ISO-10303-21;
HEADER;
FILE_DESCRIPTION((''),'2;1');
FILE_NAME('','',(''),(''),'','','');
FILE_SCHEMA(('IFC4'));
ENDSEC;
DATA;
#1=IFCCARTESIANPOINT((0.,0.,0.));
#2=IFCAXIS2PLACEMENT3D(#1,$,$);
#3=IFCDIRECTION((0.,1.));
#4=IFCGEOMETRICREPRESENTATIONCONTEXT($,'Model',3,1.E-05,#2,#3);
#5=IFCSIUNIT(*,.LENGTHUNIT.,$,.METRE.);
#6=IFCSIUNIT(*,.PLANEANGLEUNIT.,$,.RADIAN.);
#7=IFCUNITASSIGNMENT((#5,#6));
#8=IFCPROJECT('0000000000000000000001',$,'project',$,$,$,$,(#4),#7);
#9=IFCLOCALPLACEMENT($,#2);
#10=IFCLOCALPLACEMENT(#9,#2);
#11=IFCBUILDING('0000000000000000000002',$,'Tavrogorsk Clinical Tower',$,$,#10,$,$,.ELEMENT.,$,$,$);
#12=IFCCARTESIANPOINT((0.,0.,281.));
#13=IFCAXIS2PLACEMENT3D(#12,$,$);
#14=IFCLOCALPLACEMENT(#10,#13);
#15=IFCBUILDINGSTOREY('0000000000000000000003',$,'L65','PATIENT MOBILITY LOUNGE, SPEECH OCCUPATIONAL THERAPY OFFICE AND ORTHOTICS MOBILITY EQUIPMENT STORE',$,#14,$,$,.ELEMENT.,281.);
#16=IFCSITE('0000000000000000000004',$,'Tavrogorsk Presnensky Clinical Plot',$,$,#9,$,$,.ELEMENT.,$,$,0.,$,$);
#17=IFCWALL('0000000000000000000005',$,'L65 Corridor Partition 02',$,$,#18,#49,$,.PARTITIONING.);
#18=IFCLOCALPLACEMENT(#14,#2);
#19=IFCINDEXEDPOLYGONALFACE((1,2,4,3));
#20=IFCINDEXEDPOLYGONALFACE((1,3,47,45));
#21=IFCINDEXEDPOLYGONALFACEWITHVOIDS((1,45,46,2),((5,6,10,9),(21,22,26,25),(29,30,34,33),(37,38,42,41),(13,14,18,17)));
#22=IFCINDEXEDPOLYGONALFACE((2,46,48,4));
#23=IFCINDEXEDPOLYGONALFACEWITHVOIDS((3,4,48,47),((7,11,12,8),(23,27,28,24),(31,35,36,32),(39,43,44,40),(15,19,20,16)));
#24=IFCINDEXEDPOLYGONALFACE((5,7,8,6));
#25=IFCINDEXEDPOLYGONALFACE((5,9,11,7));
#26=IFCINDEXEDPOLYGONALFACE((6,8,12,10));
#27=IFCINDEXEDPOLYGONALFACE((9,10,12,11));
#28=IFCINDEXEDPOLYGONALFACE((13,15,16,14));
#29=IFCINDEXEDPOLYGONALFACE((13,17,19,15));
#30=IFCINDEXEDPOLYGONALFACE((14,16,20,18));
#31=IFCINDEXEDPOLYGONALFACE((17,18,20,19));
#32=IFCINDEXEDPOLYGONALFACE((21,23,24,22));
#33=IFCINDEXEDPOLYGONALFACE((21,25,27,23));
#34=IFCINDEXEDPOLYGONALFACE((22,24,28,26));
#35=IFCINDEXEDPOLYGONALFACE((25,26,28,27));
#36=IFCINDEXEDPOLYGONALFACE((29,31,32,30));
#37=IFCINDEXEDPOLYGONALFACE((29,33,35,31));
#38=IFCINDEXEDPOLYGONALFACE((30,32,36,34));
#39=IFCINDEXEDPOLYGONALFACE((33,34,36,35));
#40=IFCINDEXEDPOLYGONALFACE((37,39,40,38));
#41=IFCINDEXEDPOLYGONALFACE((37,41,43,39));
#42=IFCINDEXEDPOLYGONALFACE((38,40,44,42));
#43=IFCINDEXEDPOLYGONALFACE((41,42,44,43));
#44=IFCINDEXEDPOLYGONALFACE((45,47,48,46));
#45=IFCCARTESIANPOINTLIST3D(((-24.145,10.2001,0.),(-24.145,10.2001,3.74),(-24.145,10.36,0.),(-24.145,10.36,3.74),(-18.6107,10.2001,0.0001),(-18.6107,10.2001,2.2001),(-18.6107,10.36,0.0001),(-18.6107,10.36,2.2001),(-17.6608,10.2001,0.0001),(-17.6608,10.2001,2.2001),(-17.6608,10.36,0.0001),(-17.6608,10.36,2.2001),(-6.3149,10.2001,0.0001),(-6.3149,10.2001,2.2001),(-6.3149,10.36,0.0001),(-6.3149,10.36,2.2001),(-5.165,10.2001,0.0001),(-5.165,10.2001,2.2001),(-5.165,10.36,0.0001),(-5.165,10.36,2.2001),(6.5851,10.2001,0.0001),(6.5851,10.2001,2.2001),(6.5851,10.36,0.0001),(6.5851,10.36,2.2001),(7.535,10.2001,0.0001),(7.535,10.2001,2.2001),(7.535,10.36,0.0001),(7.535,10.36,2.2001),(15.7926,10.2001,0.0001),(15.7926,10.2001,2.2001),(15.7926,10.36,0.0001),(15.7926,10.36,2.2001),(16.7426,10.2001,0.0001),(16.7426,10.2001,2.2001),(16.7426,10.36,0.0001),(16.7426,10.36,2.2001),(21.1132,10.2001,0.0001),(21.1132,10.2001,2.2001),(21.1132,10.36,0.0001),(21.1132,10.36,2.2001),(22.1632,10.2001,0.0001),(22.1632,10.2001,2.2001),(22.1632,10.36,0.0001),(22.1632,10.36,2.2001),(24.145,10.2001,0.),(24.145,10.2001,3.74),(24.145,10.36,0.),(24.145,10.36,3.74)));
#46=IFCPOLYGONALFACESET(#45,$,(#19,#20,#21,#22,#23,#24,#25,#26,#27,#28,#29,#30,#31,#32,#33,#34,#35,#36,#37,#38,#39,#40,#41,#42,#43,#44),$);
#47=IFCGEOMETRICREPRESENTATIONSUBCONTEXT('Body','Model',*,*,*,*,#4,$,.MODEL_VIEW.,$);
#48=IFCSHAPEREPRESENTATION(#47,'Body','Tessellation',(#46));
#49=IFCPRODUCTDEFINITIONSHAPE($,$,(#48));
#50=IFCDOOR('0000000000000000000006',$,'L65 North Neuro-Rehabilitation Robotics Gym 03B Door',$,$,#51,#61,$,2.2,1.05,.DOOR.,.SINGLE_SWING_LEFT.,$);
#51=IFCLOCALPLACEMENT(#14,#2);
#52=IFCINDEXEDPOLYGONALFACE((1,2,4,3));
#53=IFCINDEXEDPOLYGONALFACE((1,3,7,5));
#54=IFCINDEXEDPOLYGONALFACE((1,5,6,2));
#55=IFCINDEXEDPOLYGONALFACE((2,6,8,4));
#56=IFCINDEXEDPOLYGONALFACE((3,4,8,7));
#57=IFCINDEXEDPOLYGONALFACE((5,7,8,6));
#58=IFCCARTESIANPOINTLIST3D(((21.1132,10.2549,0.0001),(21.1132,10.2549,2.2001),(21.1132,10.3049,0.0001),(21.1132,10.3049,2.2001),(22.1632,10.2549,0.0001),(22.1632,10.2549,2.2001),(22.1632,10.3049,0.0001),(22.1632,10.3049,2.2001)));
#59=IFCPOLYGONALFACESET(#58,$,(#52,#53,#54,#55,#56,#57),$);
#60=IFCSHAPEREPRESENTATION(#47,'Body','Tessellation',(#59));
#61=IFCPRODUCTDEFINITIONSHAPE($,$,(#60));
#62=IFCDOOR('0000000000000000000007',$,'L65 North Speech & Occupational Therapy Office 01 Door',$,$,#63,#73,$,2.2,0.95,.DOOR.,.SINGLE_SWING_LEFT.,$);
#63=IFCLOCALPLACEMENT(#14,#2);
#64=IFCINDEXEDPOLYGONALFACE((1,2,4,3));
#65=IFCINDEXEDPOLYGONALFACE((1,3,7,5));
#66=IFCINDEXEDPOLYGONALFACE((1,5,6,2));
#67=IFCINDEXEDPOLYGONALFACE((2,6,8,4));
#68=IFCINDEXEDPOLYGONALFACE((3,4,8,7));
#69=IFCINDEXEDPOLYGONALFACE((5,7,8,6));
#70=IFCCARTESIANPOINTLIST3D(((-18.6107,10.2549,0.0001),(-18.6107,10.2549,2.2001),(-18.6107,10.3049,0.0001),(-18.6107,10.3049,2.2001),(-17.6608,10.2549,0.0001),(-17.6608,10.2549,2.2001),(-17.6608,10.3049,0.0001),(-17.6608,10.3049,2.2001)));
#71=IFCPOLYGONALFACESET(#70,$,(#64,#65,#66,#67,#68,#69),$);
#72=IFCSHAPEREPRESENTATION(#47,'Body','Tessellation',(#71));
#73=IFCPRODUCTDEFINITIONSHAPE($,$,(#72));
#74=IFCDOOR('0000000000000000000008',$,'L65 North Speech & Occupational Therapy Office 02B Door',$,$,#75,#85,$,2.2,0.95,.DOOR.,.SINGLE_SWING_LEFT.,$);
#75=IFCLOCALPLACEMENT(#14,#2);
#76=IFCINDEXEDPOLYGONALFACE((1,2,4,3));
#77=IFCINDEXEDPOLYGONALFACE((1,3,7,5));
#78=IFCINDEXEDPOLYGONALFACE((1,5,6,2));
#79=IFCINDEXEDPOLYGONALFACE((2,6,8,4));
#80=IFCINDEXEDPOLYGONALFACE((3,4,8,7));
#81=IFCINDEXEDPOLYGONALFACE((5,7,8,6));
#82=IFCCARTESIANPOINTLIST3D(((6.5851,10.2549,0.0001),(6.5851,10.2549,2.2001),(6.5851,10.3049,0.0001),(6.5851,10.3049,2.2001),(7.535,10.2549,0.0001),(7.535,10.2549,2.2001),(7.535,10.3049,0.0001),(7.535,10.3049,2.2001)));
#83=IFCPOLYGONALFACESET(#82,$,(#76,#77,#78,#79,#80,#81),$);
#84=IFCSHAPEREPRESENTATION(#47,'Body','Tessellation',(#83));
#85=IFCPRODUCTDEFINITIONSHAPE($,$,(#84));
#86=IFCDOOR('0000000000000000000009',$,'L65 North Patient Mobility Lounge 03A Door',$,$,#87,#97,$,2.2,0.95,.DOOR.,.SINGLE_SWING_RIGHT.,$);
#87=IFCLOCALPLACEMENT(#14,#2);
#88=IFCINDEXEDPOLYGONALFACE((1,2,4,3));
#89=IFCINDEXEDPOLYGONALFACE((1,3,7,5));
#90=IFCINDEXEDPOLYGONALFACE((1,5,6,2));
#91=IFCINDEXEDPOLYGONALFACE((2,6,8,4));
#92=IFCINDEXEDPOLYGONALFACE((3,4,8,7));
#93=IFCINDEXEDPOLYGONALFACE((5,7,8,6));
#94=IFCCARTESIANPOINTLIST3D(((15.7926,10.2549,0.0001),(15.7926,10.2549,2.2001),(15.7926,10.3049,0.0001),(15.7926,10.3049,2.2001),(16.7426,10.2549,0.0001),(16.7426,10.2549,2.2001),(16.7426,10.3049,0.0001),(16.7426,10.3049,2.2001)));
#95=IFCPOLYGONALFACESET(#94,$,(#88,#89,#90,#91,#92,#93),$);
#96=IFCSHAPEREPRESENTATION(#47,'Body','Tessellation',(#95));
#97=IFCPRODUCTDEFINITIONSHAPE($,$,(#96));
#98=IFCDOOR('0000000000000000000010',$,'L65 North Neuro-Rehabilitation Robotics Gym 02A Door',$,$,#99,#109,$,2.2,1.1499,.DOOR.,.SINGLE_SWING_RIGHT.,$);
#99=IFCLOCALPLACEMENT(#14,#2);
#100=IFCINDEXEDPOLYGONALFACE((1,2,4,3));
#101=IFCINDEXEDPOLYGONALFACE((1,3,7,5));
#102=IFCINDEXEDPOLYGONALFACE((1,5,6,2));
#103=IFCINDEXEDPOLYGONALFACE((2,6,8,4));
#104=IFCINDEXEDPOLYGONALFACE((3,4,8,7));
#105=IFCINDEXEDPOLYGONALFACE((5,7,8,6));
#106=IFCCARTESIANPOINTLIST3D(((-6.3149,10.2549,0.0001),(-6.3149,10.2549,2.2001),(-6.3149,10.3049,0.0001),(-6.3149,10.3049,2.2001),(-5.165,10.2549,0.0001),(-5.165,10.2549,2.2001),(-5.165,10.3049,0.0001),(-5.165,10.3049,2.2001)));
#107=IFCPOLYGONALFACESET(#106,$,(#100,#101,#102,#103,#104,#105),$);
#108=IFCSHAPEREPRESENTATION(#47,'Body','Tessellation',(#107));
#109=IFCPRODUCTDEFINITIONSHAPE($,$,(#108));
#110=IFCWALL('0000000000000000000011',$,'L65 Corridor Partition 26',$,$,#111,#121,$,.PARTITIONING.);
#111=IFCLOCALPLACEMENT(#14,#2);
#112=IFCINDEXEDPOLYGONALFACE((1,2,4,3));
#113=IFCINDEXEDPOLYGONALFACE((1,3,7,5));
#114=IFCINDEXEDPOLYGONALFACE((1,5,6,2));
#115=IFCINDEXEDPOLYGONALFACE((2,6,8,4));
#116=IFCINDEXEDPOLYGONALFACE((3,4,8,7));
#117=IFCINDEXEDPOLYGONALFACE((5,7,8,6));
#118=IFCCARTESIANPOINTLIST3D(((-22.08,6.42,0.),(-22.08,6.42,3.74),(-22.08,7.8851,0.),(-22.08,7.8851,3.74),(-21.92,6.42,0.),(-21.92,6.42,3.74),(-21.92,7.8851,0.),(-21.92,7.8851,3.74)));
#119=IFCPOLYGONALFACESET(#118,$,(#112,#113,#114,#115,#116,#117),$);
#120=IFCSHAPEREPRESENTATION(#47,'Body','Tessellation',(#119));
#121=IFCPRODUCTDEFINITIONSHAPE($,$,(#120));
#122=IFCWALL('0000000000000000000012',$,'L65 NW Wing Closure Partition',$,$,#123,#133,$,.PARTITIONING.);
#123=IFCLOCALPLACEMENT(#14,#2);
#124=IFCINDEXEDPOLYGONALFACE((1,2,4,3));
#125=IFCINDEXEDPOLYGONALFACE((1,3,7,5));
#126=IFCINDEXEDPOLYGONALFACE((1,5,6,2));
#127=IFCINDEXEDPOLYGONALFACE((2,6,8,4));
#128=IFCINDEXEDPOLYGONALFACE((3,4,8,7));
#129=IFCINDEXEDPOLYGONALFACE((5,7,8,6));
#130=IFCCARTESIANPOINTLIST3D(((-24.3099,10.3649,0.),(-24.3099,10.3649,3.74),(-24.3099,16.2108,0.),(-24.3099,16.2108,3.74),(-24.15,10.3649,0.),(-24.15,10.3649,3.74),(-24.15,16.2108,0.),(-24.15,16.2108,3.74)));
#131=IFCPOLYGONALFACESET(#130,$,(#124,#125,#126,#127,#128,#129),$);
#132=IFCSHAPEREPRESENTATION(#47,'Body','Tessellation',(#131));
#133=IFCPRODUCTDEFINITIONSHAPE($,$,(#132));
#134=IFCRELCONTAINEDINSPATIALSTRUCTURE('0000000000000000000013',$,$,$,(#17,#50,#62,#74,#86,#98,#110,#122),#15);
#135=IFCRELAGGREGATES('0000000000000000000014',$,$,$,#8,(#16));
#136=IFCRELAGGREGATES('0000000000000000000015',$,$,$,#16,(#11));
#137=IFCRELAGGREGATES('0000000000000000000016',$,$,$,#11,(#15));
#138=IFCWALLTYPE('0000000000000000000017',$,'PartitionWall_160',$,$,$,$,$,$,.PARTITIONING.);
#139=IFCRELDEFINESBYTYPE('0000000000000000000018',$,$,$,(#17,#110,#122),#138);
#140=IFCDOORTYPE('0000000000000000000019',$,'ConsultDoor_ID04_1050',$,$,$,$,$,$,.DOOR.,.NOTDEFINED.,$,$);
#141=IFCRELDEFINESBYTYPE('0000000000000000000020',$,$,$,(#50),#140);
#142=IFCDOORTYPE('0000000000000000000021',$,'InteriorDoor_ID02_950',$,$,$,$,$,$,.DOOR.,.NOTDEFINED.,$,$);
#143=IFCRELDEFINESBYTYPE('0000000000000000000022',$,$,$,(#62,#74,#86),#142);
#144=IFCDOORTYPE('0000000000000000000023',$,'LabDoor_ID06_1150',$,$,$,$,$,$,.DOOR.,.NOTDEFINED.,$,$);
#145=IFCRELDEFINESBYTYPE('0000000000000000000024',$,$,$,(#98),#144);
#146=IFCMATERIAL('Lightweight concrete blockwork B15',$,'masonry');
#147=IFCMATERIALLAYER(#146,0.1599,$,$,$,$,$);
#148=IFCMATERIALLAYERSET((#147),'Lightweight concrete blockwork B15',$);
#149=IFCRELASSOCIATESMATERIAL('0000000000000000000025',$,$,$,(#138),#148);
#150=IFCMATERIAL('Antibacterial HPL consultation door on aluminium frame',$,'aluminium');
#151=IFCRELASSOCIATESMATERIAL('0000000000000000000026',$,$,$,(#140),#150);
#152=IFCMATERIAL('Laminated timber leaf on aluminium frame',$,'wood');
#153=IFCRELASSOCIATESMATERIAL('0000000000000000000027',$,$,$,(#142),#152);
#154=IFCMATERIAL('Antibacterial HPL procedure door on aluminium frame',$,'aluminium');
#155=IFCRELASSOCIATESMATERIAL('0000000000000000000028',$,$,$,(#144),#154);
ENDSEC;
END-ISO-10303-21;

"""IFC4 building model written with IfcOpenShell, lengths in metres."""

from ifc_helpers import new_model, si_unit, direction, frame, frame_2d, origin, place, context, subcontext, project, spatial, rectangle, extrude, material, layer, layer_set, type_object, element, fill, save


model = new_model("IFC4")

# Units and contexts
model_context = context("Model", 3, precision=1e-05, world=origin(), true_north=direction((0.0, 1.0)))
body_context = subcontext(model_context, "Body", "Model", "MODEL_VIEW")
ifc_project = project(units=[si_unit("LENGTHUNIT", "METRE"), si_unit("PLANEANGLEUNIT", "RADIAN")], contexts=[model_context])

# Site, building, storey
site_placement = place(None, origin())
site = spatial("IfcSite", under=ifc_project, at=site_placement, Name="Tavrogorsk Presnensky Clinical Plot", CompositionType="ELEMENT", RefElevation=0.0)
building_placement = place(site_placement, origin())
building = spatial("IfcBuilding", under=site, at=building_placement, Name="Tavrogorsk Clinical Tower", CompositionType="ELEMENT")
storey_placement = place(building_placement, frame((0.0, 0.0, 281.0)))
storey = spatial("IfcBuildingStorey", under=building, at=storey_placement, Name="L65", Description="PATIENT MOBILITY LOUNGE, SPEECH OCCUPATIONAL THERAPY OFFICE AND ORTHOTICS MOBILITY EQUIPMENT STORE", CompositionType="ELEMENT", Elevation=281.0)

# Wall, openings, doors
ifc_material_1 = material(Name="Lightweight concrete blockwork B15", Category="masonry")
ifc_layer_1 = layer(ifc_material_1, 0.1599)
ifc_layer_set_1 = layer_set([ifc_layer_1], Name="Lightweight concrete blockwork B15")
wall_type_1 = type_object("IfcWallType", Name="PartitionWall_160", PredefinedType="PARTITIONING", material=ifc_layer_set_1)
wall_1_placement = place(storey_placement, frame((-24.145, 10.28, 0.0), z_axis=(0.0, 0.0, 1.0), x_axis=(1.0, 0.0, 0.0)))
wall_1 = element("IfcWall", 1, at=wall_1_placement, inside=storey, type_object=wall_type_1, Name="L65 Corridor Partition 02", PredefinedType="PARTITIONING", context=body_context, shape_type="SweptSolid", body=[
    extrude(rectangle(XDim=48.29, YDim=0.1599, at=frame_2d((24.145, 0.0))), origin(), (0.0, 0.0, 1.0), 3.74),
])
opening_1_placement = place(wall_1_placement, frame((5.5342, 0.0, 0.0)))
opening_1 = element("IfcOpeningElement", 2, at=opening_1_placement, cuts=wall_1, PredefinedType="OPENING", context=body_context, shape_type="SweptSolid", body=[
    extrude(rectangle(XDim=0.95, YDim=2.2, at=frame_2d((0.4751, 1.1001))), frame((0.0, 0.0898, 0.0), z_axis=(0.0, -1.0, 0.0), x_axis=(1.0, 0.0, 0.0)), (0.0, 0.0, 1.0), 0.1799),
])
opening_2_placement = place(wall_1_placement, frame((17.8301, 0.0, 0.0)))
opening_2 = element("IfcOpeningElement", 3, at=opening_2_placement, cuts=wall_1, PredefinedType="OPENING", context=body_context, shape_type="SweptSolid", body=[
    extrude(rectangle(XDim=1.1499, YDim=2.2, at=frame_2d((0.575, 1.1001))), frame((0.0, 0.0898, 0.0), z_axis=(0.0, -1.0, 0.0), x_axis=(1.0, 0.0, 0.0)), (0.0, 0.0, 1.0), 0.1799),
])
opening_3_placement = place(wall_1_placement, frame((30.73, 0.0, 0.0)))
opening_3 = element("IfcOpeningElement", 4, at=opening_3_placement, cuts=wall_1, PredefinedType="OPENING", context=body_context, shape_type="SweptSolid", body=[
    extrude(rectangle(XDim=0.95, YDim=2.2, at=frame_2d((0.4751, 1.1001))), frame((0.0, 0.0898, 0.0), z_axis=(0.0, -1.0, 0.0), x_axis=(1.0, 0.0, 0.0)), (0.0, 0.0, 1.0), 0.1799),
])
opening_4_placement = place(wall_1_placement, frame((39.9375, 0.0, 0.0)))
opening_4 = element("IfcOpeningElement", 5, at=opening_4_placement, cuts=wall_1, PredefinedType="OPENING", context=body_context, shape_type="SweptSolid", body=[
    extrude(rectangle(XDim=0.95, YDim=2.2, at=frame_2d((0.4751, 1.1001))), frame((0.0, 0.0898, 0.0), z_axis=(0.0, -1.0, 0.0), x_axis=(1.0, 0.0, 0.0)), (0.0, 0.0, 1.0), 0.1799),
])
opening_5_placement = place(wall_1_placement, frame((45.2583, 0.0, 0.0)))
opening_5 = element("IfcOpeningElement", 6, at=opening_5_placement, cuts=wall_1, PredefinedType="OPENING", context=body_context, shape_type="SweptSolid", body=[
    extrude(rectangle(XDim=1.05, YDim=2.2, at=frame_2d((0.5249, 1.1001))), frame((0.0, 0.0898, 0.0), z_axis=(0.0, -1.0, 0.0), x_axis=(1.0, 0.0, 0.0)), (0.0, 0.0, 1.0), 0.1799),
])
ifc_material_2 = material(Name="Antibacterial HPL consultation door on aluminium frame", Category="aluminium")
door_type_1 = type_object("IfcDoorType", Name="ConsultDoor_ID04_1050", OperationType="NOTDEFINED", PredefinedType="DOOR", material=ifc_material_2)
door_1_placement = place(opening_5_placement, origin())
door_1 = element("IfcDoor", 7, at=door_1_placement, inside=storey, type_object=door_type_1, Name="L65 North Neuro-Rehabilitation Robotics Gym 03B Door", OperationType="SINGLE_SWING_LEFT", OverallHeight=2.2, OverallWidth=1.05, PredefinedType="DOOR", context=body_context, shape_type="SweptSolid", body=[
    extrude(rectangle(XDim=1.05, YDim=2.2, at=frame_2d((0.5249, 1.1001))), frame((0.0, 0.0249, 0.0), z_axis=(0.0, -1.0, 0.0), x_axis=(1.0, 0.0, 0.0)), (0.0, 0.0, 1.0), 0.05),
])
fill(opening_5, door_1)
ifc_material_3 = material(Name="Laminated timber leaf on aluminium frame", Category="wood")
door_type_2 = type_object("IfcDoorType", Name="InteriorDoor_ID02_950", OperationType="NOTDEFINED", PredefinedType="DOOR", material=ifc_material_3)
door_2_placement = place(opening_1_placement, origin())
door_2 = element("IfcDoor", 8, at=door_2_placement, inside=storey, type_object=door_type_2, Name="L65 North Speech & Occupational Therapy Office 01 Door", OperationType="SINGLE_SWING_LEFT", OverallHeight=2.2, OverallWidth=0.95, PredefinedType="DOOR", context=body_context, shape_type="SweptSolid", body=[
    extrude(rectangle(XDim=0.95, YDim=2.2, at=frame_2d((0.4751, 1.1001))), frame((0.0, 0.0249, 0.0), z_axis=(0.0, -1.0, 0.0), x_axis=(1.0, 0.0, 0.0)), (0.0, 0.0, 1.0), 0.05),
])
fill(opening_1, door_2)
door_3_placement = place(opening_3_placement, origin())
door_3 = element("IfcDoor", 9, at=door_3_placement, inside=storey, type_object=door_type_2, Name="L65 North Speech & Occupational Therapy Office 02B Door", OperationType="SINGLE_SWING_LEFT", OverallHeight=2.2, OverallWidth=0.95, PredefinedType="DOOR", context=body_context, shape_type="SweptSolid", body=[
    extrude(rectangle(XDim=0.95, YDim=2.2, at=frame_2d((0.4751, 1.1001))), frame((0.0, 0.0249, 0.0), z_axis=(0.0, -1.0, 0.0), x_axis=(1.0, 0.0, 0.0)), (0.0, 0.0, 1.0), 0.05),
])
fill(opening_3, door_3)
door_4_placement = place(opening_4_placement, origin())
door_4 = element("IfcDoor", 10, at=door_4_placement, inside=storey, type_object=door_type_2, Name="L65 North Patient Mobility Lounge 03A Door", OperationType="SINGLE_SWING_RIGHT", OverallHeight=2.2, OverallWidth=0.95, PredefinedType="DOOR", context=body_context, shape_type="SweptSolid", body=[
    extrude(rectangle(XDim=0.95, YDim=2.2, at=frame_2d((0.4751, 1.1001))), frame((0.0, 0.0249, 0.0), z_axis=(0.0, -1.0, 0.0), x_axis=(1.0, 0.0, 0.0)), (0.0, 0.0, 1.0), 0.05),
])
fill(opening_4, door_4)
ifc_material_4 = material(Name="Antibacterial HPL procedure door on aluminium frame", Category="aluminium")
door_type_3 = type_object("IfcDoorType", Name="LabDoor_ID06_1150", OperationType="NOTDEFINED", PredefinedType="DOOR", material=ifc_material_4)
door_5_placement = place(opening_2_placement, origin())
door_5 = element("IfcDoor", 11, at=door_5_placement, inside=storey, type_object=door_type_3, Name="L65 North Neuro-Rehabilitation Robotics Gym 02A Door", OperationType="SINGLE_SWING_RIGHT", OverallHeight=2.2, OverallWidth=1.1499, PredefinedType="DOOR", context=body_context, shape_type="SweptSolid", body=[
    extrude(rectangle(XDim=1.1499, YDim=2.2, at=frame_2d((0.575, 1.1001))), frame((0.0, 0.0249, 0.0), z_axis=(0.0, -1.0, 0.0), x_axis=(1.0, 0.0, 0.0)), (0.0, 0.0, 1.0), 0.05),
])
fill(opening_2, door_5)

# Walls
wall_2_placement = place(storey_placement, frame((-22.0, 7.885, 0.0), z_axis=(0.0, 0.0, 1.0), x_axis=(0.0, -1.0, 0.0)))
element("IfcWall", 12, at=wall_2_placement, inside=storey, type_object=wall_type_1, Name="L65 Corridor Partition 26", PredefinedType="PARTITIONING", context=body_context, shape_type="SweptSolid", body=[
    extrude(rectangle(XDim=1.4651, YDim=0.1599, at=frame_2d((0.7324, 0.0))), origin(), (0.0, 0.0, 1.0), 3.74),
])
wall_3_placement = place(storey_placement, frame((-24.23, 10.365, 0.0), z_axis=(0.0, 0.0, 1.0), x_axis=(0.0, 1.0, 0.0)))
element("IfcWall", 13, at=wall_3_placement, inside=storey, type_object=wall_type_1, Name="L65 NW Wing Closure Partition", PredefinedType="PARTITIONING", context=body_context, shape_type="SweptSolid", body=[
    extrude(rectangle(XDim=5.8459, YDim=0.1599, at=frame_2d((2.9229, 0.0))), origin(), (0.0, 0.0, 1.0), 3.74),
])

save(model, "model.ifc")
